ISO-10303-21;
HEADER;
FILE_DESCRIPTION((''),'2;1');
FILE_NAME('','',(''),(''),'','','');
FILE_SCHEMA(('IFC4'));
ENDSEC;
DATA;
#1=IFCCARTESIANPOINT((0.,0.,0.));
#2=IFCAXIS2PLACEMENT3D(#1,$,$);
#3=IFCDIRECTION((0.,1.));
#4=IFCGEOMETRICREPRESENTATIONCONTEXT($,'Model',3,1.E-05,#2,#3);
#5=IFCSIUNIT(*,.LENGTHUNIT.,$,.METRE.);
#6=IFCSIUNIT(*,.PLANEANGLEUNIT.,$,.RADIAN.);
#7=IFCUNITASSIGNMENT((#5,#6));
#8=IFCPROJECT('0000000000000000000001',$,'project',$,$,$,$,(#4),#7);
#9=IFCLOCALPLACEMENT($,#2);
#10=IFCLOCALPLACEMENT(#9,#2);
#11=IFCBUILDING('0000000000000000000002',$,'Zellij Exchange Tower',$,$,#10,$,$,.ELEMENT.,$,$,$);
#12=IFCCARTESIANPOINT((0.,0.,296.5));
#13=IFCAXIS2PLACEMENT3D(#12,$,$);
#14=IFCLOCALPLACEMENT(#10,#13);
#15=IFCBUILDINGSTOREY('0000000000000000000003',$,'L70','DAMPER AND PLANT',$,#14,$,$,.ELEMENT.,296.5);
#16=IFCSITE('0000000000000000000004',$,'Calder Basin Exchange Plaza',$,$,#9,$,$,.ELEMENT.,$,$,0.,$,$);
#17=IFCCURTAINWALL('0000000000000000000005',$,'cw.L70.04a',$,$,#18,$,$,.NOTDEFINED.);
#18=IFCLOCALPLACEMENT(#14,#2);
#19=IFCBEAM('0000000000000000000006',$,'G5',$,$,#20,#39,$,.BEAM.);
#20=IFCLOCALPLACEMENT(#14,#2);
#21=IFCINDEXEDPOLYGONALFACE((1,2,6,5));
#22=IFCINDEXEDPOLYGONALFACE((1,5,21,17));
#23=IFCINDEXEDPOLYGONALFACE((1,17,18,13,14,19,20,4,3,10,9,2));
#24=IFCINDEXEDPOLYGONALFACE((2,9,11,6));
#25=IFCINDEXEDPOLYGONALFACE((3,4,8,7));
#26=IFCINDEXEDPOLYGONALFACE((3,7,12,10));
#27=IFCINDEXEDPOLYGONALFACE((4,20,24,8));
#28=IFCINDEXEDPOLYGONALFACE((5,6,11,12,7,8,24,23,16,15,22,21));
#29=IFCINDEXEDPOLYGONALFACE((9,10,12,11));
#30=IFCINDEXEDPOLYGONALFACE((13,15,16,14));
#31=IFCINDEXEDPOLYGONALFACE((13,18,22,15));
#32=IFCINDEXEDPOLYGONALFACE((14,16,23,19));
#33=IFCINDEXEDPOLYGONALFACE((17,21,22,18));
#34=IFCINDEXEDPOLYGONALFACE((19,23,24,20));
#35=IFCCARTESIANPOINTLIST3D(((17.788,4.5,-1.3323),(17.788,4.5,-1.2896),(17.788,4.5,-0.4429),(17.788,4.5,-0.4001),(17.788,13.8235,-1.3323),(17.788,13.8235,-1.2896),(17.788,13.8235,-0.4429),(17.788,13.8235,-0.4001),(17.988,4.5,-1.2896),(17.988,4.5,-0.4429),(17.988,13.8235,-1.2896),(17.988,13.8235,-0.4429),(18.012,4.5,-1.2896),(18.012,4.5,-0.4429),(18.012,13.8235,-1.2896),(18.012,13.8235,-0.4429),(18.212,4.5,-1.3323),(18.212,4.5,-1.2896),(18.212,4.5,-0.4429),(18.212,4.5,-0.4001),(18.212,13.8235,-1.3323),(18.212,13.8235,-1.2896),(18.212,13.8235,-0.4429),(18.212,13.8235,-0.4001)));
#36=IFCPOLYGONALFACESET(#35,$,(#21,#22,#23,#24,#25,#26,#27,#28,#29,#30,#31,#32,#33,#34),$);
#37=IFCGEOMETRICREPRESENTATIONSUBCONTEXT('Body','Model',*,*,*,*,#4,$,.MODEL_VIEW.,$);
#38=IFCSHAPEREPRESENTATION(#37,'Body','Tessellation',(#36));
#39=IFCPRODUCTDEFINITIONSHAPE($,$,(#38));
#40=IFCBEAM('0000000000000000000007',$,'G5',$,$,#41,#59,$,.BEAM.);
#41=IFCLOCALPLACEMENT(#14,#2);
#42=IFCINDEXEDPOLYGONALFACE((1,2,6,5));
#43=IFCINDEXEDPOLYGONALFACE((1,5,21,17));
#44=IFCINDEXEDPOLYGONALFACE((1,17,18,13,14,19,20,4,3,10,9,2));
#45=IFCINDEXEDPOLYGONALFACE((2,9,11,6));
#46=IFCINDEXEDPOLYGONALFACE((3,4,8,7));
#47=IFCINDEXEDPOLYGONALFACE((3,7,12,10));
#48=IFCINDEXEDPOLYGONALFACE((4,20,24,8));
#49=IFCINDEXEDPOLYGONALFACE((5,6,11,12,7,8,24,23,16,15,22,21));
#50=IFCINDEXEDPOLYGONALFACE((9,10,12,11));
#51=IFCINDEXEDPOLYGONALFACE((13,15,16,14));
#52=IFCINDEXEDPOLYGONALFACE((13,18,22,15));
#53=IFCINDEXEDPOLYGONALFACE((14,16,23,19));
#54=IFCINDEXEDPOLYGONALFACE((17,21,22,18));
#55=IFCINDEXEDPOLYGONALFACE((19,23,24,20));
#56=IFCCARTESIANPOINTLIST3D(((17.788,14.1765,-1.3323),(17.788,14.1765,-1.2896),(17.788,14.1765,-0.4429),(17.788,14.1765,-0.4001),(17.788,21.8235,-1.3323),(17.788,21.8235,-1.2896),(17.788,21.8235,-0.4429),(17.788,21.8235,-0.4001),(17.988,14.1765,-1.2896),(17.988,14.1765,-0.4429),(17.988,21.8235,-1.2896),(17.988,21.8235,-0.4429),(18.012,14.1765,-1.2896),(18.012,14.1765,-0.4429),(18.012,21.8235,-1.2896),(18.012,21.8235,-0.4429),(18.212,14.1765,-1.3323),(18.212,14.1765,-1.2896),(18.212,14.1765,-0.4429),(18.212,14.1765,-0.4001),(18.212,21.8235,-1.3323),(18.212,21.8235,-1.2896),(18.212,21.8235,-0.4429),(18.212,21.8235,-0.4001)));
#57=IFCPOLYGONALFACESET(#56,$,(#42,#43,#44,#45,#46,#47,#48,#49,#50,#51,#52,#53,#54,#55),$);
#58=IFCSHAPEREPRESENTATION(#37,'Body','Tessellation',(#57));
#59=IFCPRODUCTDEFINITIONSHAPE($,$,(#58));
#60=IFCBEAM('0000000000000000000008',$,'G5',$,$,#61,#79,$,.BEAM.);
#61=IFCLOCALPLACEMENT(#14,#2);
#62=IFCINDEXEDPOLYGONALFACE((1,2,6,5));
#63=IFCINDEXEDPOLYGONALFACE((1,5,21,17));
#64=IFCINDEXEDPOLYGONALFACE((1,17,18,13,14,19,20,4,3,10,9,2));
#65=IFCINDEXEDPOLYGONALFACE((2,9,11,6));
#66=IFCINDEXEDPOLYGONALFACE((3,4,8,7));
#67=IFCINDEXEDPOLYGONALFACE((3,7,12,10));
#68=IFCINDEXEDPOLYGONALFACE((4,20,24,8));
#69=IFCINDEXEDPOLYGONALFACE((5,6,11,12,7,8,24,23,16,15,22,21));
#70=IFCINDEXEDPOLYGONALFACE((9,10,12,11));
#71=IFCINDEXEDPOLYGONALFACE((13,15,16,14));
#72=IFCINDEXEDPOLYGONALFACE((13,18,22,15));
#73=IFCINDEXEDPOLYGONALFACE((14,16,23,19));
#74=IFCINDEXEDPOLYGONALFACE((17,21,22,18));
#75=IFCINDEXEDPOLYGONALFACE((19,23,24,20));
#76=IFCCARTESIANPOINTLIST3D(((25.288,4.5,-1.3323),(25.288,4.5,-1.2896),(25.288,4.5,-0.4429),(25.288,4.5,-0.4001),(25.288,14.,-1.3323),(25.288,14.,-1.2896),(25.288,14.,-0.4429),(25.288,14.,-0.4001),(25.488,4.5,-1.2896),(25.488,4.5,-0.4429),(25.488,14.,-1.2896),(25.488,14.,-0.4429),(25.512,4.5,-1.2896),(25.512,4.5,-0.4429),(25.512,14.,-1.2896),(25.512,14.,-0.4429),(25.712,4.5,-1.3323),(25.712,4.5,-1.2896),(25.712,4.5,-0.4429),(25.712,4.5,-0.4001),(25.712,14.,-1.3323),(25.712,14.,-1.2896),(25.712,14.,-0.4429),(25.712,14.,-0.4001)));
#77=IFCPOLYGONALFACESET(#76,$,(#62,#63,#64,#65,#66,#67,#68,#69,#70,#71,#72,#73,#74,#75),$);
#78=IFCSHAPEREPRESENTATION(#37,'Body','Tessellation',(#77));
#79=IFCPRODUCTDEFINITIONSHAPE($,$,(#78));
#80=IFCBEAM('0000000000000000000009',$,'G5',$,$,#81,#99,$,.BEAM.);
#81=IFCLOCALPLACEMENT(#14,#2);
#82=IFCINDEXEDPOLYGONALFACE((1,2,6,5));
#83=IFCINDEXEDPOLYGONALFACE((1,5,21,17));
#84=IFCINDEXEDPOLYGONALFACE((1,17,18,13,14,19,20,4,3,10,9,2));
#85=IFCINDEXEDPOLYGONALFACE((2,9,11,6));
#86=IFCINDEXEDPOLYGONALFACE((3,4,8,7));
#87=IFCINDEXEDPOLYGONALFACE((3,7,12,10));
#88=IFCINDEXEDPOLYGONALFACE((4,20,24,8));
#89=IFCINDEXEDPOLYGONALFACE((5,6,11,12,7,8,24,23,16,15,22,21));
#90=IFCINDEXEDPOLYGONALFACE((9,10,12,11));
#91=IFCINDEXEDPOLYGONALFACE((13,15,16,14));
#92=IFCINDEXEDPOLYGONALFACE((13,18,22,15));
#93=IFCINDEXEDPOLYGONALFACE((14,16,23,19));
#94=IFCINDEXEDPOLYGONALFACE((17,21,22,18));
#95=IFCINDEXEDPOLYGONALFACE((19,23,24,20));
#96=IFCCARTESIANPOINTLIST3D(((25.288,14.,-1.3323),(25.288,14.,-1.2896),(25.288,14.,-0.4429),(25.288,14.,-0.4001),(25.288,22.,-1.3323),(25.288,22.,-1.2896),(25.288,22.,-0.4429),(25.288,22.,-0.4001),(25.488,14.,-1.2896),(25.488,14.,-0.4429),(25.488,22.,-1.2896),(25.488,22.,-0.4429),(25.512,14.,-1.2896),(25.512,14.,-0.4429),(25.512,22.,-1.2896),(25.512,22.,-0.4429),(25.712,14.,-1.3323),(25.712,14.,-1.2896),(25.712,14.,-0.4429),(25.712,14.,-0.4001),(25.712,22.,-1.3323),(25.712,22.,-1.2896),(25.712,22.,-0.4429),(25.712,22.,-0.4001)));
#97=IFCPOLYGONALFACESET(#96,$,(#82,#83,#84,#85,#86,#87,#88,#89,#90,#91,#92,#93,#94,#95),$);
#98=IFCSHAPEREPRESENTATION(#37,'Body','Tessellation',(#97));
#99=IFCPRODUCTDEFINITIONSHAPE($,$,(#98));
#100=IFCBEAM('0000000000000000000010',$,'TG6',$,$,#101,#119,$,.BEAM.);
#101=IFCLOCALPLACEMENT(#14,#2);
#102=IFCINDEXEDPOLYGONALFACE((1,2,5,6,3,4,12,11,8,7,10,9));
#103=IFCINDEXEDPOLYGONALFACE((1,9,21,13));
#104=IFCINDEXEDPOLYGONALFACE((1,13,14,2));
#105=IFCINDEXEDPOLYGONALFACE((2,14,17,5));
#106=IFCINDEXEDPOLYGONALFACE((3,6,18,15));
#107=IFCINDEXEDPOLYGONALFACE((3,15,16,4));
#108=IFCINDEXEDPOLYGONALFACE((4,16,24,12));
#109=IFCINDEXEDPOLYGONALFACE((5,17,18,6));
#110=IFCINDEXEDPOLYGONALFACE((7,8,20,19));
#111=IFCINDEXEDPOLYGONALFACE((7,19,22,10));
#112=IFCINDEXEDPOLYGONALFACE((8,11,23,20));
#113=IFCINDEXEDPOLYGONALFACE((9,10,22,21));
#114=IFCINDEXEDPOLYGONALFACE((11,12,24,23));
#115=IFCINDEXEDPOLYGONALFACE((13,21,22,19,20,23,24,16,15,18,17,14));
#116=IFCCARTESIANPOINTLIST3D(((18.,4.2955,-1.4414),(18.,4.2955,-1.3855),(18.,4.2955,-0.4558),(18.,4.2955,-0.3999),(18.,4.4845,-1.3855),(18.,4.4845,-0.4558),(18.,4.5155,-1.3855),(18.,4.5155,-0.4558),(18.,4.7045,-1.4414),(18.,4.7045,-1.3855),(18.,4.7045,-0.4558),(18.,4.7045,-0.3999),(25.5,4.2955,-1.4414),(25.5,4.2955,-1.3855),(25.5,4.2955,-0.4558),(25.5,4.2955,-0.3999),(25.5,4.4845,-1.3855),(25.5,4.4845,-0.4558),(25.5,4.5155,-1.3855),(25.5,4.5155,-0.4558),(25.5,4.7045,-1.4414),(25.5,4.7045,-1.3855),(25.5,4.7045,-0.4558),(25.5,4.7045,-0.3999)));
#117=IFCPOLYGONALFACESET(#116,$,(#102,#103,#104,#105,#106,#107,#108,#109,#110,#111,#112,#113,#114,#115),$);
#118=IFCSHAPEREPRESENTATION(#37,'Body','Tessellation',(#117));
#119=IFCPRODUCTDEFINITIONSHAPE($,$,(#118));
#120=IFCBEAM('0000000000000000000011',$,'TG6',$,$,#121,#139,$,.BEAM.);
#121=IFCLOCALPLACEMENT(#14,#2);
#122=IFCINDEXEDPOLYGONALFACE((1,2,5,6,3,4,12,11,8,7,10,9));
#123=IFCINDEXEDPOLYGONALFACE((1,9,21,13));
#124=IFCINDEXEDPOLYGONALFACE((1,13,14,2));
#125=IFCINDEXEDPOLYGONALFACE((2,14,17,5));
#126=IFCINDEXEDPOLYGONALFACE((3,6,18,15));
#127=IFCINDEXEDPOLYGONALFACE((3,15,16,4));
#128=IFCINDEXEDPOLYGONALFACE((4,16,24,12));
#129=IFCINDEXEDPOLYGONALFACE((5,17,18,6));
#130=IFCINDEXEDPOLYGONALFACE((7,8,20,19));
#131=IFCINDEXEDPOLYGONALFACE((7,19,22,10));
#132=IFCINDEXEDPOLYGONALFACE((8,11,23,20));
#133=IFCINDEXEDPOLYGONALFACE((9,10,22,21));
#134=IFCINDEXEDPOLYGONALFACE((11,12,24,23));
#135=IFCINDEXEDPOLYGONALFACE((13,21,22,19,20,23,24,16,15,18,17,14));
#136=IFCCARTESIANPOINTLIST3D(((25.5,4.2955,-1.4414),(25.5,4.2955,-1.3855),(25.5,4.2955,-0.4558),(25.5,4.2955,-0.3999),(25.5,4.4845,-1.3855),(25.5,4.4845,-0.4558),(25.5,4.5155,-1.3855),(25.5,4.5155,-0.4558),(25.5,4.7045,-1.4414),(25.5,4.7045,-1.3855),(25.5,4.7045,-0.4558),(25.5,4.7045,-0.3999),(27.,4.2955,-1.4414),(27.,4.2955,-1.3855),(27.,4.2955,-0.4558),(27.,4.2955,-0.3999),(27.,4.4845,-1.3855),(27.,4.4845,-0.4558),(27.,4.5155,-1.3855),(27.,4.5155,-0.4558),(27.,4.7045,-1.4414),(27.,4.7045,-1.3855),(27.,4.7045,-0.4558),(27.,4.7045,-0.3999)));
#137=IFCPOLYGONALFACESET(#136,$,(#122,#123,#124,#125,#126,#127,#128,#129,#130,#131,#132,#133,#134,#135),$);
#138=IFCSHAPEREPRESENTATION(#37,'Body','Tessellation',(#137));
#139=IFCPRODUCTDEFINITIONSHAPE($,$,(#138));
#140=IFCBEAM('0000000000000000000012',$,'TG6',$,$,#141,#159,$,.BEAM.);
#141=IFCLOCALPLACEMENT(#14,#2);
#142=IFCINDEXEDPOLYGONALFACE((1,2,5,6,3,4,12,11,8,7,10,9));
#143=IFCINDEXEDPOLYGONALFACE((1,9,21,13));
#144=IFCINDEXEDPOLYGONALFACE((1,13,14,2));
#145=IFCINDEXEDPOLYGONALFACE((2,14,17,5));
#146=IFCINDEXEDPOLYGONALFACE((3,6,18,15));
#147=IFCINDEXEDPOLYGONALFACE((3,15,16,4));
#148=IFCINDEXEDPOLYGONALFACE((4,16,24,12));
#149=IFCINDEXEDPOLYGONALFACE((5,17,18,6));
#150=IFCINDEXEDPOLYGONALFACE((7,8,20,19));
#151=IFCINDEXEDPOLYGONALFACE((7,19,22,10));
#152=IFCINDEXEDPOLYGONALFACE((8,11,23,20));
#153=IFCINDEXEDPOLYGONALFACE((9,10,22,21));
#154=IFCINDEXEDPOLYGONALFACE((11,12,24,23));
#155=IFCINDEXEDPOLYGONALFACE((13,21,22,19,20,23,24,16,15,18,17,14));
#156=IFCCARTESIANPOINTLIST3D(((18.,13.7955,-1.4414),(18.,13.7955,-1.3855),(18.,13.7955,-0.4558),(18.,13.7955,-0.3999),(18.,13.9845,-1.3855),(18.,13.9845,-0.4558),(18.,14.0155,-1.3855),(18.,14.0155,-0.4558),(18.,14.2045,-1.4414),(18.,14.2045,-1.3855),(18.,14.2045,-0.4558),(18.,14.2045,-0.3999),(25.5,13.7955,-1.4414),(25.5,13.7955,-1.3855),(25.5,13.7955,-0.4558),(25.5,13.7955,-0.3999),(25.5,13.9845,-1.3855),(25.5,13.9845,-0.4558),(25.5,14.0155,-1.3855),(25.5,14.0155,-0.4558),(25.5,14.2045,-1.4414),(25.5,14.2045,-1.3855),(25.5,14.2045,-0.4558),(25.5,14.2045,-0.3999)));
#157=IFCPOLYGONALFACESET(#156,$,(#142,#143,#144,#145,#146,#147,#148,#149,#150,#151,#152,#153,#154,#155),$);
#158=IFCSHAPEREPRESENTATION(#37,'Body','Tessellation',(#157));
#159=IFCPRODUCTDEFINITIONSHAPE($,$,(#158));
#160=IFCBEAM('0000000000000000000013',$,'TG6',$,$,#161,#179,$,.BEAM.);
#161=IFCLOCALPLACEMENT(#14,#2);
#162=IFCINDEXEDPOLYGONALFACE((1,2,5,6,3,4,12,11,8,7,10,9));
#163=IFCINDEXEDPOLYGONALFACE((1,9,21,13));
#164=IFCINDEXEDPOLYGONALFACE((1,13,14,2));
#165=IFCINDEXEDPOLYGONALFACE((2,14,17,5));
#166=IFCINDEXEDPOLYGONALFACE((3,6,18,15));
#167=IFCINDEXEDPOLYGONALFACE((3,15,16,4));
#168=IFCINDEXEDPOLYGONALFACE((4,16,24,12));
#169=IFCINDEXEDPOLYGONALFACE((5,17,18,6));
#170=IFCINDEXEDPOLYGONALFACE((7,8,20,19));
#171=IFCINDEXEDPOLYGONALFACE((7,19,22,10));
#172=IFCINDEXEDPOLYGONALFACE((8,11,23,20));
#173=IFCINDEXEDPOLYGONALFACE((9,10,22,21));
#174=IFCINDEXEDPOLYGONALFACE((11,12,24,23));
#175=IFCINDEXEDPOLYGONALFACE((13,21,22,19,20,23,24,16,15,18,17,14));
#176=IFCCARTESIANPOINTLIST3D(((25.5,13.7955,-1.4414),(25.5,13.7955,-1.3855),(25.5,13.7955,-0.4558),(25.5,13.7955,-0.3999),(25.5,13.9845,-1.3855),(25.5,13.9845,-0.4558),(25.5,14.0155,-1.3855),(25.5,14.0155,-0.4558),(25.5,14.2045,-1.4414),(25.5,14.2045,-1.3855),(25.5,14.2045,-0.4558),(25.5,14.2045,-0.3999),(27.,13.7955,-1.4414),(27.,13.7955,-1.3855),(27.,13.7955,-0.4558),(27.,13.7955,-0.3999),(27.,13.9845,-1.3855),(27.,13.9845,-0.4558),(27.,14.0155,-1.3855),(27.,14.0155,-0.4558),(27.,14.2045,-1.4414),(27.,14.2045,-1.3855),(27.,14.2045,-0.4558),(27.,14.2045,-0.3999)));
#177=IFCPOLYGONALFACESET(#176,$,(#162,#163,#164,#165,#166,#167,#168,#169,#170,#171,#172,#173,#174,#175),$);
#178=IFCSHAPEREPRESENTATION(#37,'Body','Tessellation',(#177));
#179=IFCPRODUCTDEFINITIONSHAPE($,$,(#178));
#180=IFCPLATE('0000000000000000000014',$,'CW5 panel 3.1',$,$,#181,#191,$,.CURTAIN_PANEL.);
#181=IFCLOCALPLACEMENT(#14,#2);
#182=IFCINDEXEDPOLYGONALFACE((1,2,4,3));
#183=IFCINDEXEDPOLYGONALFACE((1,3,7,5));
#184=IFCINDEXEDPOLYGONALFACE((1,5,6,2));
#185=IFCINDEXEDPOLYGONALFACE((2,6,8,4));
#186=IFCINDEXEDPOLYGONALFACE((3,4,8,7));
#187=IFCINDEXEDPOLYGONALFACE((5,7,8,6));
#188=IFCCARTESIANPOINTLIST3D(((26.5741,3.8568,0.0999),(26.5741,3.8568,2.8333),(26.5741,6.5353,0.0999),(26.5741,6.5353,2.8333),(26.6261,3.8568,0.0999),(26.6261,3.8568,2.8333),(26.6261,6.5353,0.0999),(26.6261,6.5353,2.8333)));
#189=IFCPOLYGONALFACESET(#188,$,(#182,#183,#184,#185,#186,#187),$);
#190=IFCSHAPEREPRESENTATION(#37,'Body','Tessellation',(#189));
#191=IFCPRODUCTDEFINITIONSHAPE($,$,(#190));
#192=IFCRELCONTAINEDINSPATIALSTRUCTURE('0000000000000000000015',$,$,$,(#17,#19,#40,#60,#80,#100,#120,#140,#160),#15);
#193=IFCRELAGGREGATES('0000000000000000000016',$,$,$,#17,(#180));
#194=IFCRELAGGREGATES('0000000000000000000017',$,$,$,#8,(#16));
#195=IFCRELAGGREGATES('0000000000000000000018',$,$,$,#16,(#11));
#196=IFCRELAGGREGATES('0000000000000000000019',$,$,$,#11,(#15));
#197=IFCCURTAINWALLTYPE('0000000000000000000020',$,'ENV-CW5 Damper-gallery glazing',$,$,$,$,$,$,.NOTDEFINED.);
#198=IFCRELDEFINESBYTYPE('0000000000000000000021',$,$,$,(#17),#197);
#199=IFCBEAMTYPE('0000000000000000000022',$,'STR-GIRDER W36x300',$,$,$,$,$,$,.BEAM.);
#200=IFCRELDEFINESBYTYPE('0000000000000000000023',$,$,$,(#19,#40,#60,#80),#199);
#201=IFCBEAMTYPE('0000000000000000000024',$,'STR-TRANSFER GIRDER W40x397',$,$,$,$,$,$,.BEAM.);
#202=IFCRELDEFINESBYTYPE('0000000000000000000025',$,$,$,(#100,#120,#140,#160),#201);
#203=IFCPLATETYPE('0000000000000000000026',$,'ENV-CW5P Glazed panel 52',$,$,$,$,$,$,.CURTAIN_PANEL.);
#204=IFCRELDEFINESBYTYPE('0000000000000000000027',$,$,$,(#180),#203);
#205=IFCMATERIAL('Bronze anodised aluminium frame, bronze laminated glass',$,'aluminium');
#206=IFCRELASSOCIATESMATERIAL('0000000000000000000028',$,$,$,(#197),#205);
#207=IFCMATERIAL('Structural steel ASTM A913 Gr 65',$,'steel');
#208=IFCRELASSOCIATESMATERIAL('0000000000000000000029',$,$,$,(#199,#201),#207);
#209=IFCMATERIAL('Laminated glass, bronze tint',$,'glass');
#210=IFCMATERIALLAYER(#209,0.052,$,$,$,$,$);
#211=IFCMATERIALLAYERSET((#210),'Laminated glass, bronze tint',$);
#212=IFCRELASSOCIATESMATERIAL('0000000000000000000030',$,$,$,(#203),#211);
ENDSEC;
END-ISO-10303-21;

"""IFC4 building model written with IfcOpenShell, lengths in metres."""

from ifc_helpers import new_model, si_unit, direction, frame, origin, origin_2d, place, context, subcontext, project, spatial, rectangle, i_section, extrude, material, layer, layer_set, material_profile, profile_set, type_object, element, aggregate, save


model = new_model("IFC4")

# Units and contexts
model_context = context("Model", 3, precision=1e-05, world=origin(), true_north=direction((0.0, 1.0)))
body_context = subcontext(model_context, "Body", "Model", "MODEL_VIEW")
ifc_project = project(units=[si_unit("LENGTHUNIT", "METRE"), si_unit("PLANEANGLEUNIT", "RADIAN")], contexts=[model_context])

# Site, building, storey
site_placement = place(None, origin())
site = spatial("IfcSite", under=ifc_project, at=site_placement, Name="Calder Basin Exchange Plaza", CompositionType="ELEMENT", RefElevation=0.0)
building_placement = place(site_placement, origin())
building = spatial("IfcBuilding", under=site, at=building_placement, Name="Zellij Exchange Tower", CompositionType="ELEMENT")
storey_placement = place(building_placement, frame((0.0, 0.0, 296.5)))
storey = spatial("IfcBuildingStorey", under=building, at=storey_placement, Name="L70", Description="DAMPER AND PLANT", CompositionType="ELEMENT", Elevation=296.5)

# Curtain wall
ifc_material_1 = material(Name="Bronze anodised aluminium frame, bronze laminated glass", Category="aluminium")
curtain_wall_type = type_object("IfcCurtainWallType", Name="ENV-CW5 Damper-gallery glazing", PredefinedType="NOTDEFINED", material=ifc_material_1)
curtain_wall_placement = place(storey_placement, origin())
curtain_wall = element("IfcCurtainWall", 1, at=curtain_wall_placement, inside=storey, type_object=curtain_wall_type, Name="cw.L70.04a", PredefinedType="NOTDEFINED")

# Beams
ifc_material_2 = material(Name="Structural steel ASTM A913 Gr 65", Category="steel")
ifc_material_profile_1 = material_profile(ifc_material_2, i_section(OverallWidth=0.4241, OverallDepth=0.9321, WebThickness=0.0239, FlangeThickness=0.0427, at=origin_2d()), Name="W36x300")
ifc_profile_set_1 = profile_set([ifc_material_profile_1], Name="Structural steel ASTM A913 Gr 65")
beam_type_1 = type_object("IfcBeamType", Name="STR-GIRDER W36x300", PredefinedType="BEAM", material=ifc_profile_set_1)
beam_1_placement = place(storey_placement, frame((18.0, 4.5, -0.8662), z_axis=(0.0, 1.0, 0.0), x_axis=(-1.0, 0.0, 0.0)))
element("IfcBeam", 2, at=beam_1_placement, inside=storey, type_object=beam_type_1, Name="G5", PredefinedType="BEAM", context=body_context, shape_type="SweptSolid", body=[
    extrude(i_section(OverallWidth=0.4241, OverallDepth=0.9321, WebThickness=0.0239, FlangeThickness=0.0427, at=origin_2d()), origin(), (0.0, 0.0, 1.0), 9.3235),
])
beam_2_placement = place(storey_placement, frame((18.0, 14.1765, -0.8662), z_axis=(0.0, 1.0, 0.0), x_axis=(-1.0, 0.0, 0.0)))
element("IfcBeam", 3, at=beam_2_placement, inside=storey, type_object=beam_type_1, Name="G5", PredefinedType="BEAM", context=body_context, shape_type="SweptSolid", body=[
    extrude(i_section(OverallWidth=0.4241, OverallDepth=0.9321, WebThickness=0.0239, FlangeThickness=0.0427, at=origin_2d()), origin(), (0.0, 0.0, 1.0), 7.647),
])
beam_3_placement = place(storey_placement, frame((25.5, 4.5, -0.8662), z_axis=(0.0, 1.0, 0.0), x_axis=(-1.0, 0.0, 0.0)))
element("IfcBeam", 4, at=beam_3_placement, inside=storey, type_object=beam_type_1, Name="G5", PredefinedType="BEAM", context=body_context, shape_type="SweptSolid", body=[
    extrude(i_section(OverallWidth=0.4241, OverallDepth=0.9321, WebThickness=0.0239, FlangeThickness=0.0427, at=origin_2d()), origin(), (0.0, 0.0, 1.0), 9.5),
])
beam_4_placement = place(storey_placement, frame((25.5, 14.0, -0.8662), z_axis=(0.0, 1.0, 0.0), x_axis=(-1.0, 0.0, 0.0)))
element("IfcBeam", 5, at=beam_4_placement, inside=storey, type_object=beam_type_1, Name="G5", PredefinedType="BEAM", context=body_context, shape_type="SweptSolid", body=[
    extrude(i_section(OverallWidth=0.4241, OverallDepth=0.9321, WebThickness=0.0239, FlangeThickness=0.0427, at=origin_2d()), origin(), (0.0, 0.0, 1.0), 8.0),
])
ifc_material_profile_2 = material_profile(ifc_material_2, i_section(OverallWidth=0.4089, OverallDepth=1.0415, WebThickness=0.031, FlangeThickness=0.0559, at=origin_2d()), Name="W40x397")
ifc_profile_set_2 = profile_set([ifc_material_profile_2], Name="Structural steel ASTM A913 Gr 65")
beam_type_2 = type_object("IfcBeamType", Name="STR-TRANSFER GIRDER W40x397", PredefinedType="BEAM", material=ifc_profile_set_2)
beam_5_placement = place(storey_placement, frame((18.0, 4.5, -0.9207), z_axis=(1.0, 0.0, 0.0), x_axis=(0.0, 1.0, 0.0)))
element("IfcBeam", 6, at=beam_5_placement, inside=storey, type_object=beam_type_2, Name="TG6", PredefinedType="BEAM", context=body_context, shape_type="SweptSolid", body=[
    extrude(i_section(OverallWidth=0.4089, OverallDepth=1.0415, WebThickness=0.031, FlangeThickness=0.0559, at=origin_2d()), origin(), (0.0, 0.0, 1.0), 7.5),
])
beam_6_placement = place(storey_placement, frame((25.5, 4.5, -0.9207), z_axis=(1.0, 0.0, 0.0), x_axis=(0.0, 1.0, 0.0)))
element("IfcBeam", 7, at=beam_6_placement, inside=storey, type_object=beam_type_2, Name="TG6", PredefinedType="BEAM", context=body_context, shape_type="SweptSolid", body=[
    extrude(i_section(OverallWidth=0.4089, OverallDepth=1.0415, WebThickness=0.031, FlangeThickness=0.0559, at=origin_2d()), origin(), (0.0, 0.0, 1.0), 1.5),
])
beam_7_placement = place(storey_placement, frame((18.0, 14.0, -0.9207), z_axis=(1.0, 0.0, 0.0), x_axis=(0.0, 1.0, 0.0)))
element("IfcBeam", 8, at=beam_7_placement, inside=storey, type_object=beam_type_2, Name="TG6", PredefinedType="BEAM", context=body_context, shape_type="SweptSolid", body=[
    extrude(i_section(OverallWidth=0.4089, OverallDepth=1.0415, WebThickness=0.031, FlangeThickness=0.0559, at=origin_2d()), origin(), (0.0, 0.0, 1.0), 7.5),
])
beam_8_placement = place(storey_placement, frame((25.5, 14.0, -0.9207), z_axis=(1.0, 0.0, 0.0), x_axis=(0.0, 1.0, 0.0)))
element("IfcBeam", 9, at=beam_8_placement, inside=storey, type_object=beam_type_2, Name="TG6", PredefinedType="BEAM", context=body_context, shape_type="SweptSolid", body=[
    extrude(i_section(OverallWidth=0.4089, OverallDepth=1.0415, WebThickness=0.031, FlangeThickness=0.0559, at=origin_2d()), origin(), (0.0, 0.0, 1.0), 1.5),
])

# Plate
ifc_material_3 = material(Name="Laminated glass, bronze tint", Category="glass")
ifc_layer_1 = layer(ifc_material_3, 0.052)
ifc_layer_set_1 = layer_set([ifc_layer_1], Name="Laminated glass, bronze tint")
plate_type = type_object("IfcPlateType", Name="ENV-CW5P Glazed panel 52", PredefinedType="CURTAIN_PANEL", material=ifc_layer_set_1)
plate_1_placement = place(storey_placement, frame((26.6001, 5.196, 0.0999), z_axis=(0.0, 0.0, 1.0), x_axis=(0.0, 1.0, 0.0)))
plate_1 = element("IfcPlate", 10, at=plate_1_placement, type_object=plate_type, Name="CW5 panel 3.1", PredefinedType="CURTAIN_PANEL", context=body_context, shape_type="SweptSolid", body=[
    extrude(rectangle(XDim=2.6785, YDim=0.052, at=origin_2d()), origin(), (0.0, 0.0, 1.0), 2.7334),
])
aggregate(curtain_wall, [plate_1])

save(model, "model.ifc")
